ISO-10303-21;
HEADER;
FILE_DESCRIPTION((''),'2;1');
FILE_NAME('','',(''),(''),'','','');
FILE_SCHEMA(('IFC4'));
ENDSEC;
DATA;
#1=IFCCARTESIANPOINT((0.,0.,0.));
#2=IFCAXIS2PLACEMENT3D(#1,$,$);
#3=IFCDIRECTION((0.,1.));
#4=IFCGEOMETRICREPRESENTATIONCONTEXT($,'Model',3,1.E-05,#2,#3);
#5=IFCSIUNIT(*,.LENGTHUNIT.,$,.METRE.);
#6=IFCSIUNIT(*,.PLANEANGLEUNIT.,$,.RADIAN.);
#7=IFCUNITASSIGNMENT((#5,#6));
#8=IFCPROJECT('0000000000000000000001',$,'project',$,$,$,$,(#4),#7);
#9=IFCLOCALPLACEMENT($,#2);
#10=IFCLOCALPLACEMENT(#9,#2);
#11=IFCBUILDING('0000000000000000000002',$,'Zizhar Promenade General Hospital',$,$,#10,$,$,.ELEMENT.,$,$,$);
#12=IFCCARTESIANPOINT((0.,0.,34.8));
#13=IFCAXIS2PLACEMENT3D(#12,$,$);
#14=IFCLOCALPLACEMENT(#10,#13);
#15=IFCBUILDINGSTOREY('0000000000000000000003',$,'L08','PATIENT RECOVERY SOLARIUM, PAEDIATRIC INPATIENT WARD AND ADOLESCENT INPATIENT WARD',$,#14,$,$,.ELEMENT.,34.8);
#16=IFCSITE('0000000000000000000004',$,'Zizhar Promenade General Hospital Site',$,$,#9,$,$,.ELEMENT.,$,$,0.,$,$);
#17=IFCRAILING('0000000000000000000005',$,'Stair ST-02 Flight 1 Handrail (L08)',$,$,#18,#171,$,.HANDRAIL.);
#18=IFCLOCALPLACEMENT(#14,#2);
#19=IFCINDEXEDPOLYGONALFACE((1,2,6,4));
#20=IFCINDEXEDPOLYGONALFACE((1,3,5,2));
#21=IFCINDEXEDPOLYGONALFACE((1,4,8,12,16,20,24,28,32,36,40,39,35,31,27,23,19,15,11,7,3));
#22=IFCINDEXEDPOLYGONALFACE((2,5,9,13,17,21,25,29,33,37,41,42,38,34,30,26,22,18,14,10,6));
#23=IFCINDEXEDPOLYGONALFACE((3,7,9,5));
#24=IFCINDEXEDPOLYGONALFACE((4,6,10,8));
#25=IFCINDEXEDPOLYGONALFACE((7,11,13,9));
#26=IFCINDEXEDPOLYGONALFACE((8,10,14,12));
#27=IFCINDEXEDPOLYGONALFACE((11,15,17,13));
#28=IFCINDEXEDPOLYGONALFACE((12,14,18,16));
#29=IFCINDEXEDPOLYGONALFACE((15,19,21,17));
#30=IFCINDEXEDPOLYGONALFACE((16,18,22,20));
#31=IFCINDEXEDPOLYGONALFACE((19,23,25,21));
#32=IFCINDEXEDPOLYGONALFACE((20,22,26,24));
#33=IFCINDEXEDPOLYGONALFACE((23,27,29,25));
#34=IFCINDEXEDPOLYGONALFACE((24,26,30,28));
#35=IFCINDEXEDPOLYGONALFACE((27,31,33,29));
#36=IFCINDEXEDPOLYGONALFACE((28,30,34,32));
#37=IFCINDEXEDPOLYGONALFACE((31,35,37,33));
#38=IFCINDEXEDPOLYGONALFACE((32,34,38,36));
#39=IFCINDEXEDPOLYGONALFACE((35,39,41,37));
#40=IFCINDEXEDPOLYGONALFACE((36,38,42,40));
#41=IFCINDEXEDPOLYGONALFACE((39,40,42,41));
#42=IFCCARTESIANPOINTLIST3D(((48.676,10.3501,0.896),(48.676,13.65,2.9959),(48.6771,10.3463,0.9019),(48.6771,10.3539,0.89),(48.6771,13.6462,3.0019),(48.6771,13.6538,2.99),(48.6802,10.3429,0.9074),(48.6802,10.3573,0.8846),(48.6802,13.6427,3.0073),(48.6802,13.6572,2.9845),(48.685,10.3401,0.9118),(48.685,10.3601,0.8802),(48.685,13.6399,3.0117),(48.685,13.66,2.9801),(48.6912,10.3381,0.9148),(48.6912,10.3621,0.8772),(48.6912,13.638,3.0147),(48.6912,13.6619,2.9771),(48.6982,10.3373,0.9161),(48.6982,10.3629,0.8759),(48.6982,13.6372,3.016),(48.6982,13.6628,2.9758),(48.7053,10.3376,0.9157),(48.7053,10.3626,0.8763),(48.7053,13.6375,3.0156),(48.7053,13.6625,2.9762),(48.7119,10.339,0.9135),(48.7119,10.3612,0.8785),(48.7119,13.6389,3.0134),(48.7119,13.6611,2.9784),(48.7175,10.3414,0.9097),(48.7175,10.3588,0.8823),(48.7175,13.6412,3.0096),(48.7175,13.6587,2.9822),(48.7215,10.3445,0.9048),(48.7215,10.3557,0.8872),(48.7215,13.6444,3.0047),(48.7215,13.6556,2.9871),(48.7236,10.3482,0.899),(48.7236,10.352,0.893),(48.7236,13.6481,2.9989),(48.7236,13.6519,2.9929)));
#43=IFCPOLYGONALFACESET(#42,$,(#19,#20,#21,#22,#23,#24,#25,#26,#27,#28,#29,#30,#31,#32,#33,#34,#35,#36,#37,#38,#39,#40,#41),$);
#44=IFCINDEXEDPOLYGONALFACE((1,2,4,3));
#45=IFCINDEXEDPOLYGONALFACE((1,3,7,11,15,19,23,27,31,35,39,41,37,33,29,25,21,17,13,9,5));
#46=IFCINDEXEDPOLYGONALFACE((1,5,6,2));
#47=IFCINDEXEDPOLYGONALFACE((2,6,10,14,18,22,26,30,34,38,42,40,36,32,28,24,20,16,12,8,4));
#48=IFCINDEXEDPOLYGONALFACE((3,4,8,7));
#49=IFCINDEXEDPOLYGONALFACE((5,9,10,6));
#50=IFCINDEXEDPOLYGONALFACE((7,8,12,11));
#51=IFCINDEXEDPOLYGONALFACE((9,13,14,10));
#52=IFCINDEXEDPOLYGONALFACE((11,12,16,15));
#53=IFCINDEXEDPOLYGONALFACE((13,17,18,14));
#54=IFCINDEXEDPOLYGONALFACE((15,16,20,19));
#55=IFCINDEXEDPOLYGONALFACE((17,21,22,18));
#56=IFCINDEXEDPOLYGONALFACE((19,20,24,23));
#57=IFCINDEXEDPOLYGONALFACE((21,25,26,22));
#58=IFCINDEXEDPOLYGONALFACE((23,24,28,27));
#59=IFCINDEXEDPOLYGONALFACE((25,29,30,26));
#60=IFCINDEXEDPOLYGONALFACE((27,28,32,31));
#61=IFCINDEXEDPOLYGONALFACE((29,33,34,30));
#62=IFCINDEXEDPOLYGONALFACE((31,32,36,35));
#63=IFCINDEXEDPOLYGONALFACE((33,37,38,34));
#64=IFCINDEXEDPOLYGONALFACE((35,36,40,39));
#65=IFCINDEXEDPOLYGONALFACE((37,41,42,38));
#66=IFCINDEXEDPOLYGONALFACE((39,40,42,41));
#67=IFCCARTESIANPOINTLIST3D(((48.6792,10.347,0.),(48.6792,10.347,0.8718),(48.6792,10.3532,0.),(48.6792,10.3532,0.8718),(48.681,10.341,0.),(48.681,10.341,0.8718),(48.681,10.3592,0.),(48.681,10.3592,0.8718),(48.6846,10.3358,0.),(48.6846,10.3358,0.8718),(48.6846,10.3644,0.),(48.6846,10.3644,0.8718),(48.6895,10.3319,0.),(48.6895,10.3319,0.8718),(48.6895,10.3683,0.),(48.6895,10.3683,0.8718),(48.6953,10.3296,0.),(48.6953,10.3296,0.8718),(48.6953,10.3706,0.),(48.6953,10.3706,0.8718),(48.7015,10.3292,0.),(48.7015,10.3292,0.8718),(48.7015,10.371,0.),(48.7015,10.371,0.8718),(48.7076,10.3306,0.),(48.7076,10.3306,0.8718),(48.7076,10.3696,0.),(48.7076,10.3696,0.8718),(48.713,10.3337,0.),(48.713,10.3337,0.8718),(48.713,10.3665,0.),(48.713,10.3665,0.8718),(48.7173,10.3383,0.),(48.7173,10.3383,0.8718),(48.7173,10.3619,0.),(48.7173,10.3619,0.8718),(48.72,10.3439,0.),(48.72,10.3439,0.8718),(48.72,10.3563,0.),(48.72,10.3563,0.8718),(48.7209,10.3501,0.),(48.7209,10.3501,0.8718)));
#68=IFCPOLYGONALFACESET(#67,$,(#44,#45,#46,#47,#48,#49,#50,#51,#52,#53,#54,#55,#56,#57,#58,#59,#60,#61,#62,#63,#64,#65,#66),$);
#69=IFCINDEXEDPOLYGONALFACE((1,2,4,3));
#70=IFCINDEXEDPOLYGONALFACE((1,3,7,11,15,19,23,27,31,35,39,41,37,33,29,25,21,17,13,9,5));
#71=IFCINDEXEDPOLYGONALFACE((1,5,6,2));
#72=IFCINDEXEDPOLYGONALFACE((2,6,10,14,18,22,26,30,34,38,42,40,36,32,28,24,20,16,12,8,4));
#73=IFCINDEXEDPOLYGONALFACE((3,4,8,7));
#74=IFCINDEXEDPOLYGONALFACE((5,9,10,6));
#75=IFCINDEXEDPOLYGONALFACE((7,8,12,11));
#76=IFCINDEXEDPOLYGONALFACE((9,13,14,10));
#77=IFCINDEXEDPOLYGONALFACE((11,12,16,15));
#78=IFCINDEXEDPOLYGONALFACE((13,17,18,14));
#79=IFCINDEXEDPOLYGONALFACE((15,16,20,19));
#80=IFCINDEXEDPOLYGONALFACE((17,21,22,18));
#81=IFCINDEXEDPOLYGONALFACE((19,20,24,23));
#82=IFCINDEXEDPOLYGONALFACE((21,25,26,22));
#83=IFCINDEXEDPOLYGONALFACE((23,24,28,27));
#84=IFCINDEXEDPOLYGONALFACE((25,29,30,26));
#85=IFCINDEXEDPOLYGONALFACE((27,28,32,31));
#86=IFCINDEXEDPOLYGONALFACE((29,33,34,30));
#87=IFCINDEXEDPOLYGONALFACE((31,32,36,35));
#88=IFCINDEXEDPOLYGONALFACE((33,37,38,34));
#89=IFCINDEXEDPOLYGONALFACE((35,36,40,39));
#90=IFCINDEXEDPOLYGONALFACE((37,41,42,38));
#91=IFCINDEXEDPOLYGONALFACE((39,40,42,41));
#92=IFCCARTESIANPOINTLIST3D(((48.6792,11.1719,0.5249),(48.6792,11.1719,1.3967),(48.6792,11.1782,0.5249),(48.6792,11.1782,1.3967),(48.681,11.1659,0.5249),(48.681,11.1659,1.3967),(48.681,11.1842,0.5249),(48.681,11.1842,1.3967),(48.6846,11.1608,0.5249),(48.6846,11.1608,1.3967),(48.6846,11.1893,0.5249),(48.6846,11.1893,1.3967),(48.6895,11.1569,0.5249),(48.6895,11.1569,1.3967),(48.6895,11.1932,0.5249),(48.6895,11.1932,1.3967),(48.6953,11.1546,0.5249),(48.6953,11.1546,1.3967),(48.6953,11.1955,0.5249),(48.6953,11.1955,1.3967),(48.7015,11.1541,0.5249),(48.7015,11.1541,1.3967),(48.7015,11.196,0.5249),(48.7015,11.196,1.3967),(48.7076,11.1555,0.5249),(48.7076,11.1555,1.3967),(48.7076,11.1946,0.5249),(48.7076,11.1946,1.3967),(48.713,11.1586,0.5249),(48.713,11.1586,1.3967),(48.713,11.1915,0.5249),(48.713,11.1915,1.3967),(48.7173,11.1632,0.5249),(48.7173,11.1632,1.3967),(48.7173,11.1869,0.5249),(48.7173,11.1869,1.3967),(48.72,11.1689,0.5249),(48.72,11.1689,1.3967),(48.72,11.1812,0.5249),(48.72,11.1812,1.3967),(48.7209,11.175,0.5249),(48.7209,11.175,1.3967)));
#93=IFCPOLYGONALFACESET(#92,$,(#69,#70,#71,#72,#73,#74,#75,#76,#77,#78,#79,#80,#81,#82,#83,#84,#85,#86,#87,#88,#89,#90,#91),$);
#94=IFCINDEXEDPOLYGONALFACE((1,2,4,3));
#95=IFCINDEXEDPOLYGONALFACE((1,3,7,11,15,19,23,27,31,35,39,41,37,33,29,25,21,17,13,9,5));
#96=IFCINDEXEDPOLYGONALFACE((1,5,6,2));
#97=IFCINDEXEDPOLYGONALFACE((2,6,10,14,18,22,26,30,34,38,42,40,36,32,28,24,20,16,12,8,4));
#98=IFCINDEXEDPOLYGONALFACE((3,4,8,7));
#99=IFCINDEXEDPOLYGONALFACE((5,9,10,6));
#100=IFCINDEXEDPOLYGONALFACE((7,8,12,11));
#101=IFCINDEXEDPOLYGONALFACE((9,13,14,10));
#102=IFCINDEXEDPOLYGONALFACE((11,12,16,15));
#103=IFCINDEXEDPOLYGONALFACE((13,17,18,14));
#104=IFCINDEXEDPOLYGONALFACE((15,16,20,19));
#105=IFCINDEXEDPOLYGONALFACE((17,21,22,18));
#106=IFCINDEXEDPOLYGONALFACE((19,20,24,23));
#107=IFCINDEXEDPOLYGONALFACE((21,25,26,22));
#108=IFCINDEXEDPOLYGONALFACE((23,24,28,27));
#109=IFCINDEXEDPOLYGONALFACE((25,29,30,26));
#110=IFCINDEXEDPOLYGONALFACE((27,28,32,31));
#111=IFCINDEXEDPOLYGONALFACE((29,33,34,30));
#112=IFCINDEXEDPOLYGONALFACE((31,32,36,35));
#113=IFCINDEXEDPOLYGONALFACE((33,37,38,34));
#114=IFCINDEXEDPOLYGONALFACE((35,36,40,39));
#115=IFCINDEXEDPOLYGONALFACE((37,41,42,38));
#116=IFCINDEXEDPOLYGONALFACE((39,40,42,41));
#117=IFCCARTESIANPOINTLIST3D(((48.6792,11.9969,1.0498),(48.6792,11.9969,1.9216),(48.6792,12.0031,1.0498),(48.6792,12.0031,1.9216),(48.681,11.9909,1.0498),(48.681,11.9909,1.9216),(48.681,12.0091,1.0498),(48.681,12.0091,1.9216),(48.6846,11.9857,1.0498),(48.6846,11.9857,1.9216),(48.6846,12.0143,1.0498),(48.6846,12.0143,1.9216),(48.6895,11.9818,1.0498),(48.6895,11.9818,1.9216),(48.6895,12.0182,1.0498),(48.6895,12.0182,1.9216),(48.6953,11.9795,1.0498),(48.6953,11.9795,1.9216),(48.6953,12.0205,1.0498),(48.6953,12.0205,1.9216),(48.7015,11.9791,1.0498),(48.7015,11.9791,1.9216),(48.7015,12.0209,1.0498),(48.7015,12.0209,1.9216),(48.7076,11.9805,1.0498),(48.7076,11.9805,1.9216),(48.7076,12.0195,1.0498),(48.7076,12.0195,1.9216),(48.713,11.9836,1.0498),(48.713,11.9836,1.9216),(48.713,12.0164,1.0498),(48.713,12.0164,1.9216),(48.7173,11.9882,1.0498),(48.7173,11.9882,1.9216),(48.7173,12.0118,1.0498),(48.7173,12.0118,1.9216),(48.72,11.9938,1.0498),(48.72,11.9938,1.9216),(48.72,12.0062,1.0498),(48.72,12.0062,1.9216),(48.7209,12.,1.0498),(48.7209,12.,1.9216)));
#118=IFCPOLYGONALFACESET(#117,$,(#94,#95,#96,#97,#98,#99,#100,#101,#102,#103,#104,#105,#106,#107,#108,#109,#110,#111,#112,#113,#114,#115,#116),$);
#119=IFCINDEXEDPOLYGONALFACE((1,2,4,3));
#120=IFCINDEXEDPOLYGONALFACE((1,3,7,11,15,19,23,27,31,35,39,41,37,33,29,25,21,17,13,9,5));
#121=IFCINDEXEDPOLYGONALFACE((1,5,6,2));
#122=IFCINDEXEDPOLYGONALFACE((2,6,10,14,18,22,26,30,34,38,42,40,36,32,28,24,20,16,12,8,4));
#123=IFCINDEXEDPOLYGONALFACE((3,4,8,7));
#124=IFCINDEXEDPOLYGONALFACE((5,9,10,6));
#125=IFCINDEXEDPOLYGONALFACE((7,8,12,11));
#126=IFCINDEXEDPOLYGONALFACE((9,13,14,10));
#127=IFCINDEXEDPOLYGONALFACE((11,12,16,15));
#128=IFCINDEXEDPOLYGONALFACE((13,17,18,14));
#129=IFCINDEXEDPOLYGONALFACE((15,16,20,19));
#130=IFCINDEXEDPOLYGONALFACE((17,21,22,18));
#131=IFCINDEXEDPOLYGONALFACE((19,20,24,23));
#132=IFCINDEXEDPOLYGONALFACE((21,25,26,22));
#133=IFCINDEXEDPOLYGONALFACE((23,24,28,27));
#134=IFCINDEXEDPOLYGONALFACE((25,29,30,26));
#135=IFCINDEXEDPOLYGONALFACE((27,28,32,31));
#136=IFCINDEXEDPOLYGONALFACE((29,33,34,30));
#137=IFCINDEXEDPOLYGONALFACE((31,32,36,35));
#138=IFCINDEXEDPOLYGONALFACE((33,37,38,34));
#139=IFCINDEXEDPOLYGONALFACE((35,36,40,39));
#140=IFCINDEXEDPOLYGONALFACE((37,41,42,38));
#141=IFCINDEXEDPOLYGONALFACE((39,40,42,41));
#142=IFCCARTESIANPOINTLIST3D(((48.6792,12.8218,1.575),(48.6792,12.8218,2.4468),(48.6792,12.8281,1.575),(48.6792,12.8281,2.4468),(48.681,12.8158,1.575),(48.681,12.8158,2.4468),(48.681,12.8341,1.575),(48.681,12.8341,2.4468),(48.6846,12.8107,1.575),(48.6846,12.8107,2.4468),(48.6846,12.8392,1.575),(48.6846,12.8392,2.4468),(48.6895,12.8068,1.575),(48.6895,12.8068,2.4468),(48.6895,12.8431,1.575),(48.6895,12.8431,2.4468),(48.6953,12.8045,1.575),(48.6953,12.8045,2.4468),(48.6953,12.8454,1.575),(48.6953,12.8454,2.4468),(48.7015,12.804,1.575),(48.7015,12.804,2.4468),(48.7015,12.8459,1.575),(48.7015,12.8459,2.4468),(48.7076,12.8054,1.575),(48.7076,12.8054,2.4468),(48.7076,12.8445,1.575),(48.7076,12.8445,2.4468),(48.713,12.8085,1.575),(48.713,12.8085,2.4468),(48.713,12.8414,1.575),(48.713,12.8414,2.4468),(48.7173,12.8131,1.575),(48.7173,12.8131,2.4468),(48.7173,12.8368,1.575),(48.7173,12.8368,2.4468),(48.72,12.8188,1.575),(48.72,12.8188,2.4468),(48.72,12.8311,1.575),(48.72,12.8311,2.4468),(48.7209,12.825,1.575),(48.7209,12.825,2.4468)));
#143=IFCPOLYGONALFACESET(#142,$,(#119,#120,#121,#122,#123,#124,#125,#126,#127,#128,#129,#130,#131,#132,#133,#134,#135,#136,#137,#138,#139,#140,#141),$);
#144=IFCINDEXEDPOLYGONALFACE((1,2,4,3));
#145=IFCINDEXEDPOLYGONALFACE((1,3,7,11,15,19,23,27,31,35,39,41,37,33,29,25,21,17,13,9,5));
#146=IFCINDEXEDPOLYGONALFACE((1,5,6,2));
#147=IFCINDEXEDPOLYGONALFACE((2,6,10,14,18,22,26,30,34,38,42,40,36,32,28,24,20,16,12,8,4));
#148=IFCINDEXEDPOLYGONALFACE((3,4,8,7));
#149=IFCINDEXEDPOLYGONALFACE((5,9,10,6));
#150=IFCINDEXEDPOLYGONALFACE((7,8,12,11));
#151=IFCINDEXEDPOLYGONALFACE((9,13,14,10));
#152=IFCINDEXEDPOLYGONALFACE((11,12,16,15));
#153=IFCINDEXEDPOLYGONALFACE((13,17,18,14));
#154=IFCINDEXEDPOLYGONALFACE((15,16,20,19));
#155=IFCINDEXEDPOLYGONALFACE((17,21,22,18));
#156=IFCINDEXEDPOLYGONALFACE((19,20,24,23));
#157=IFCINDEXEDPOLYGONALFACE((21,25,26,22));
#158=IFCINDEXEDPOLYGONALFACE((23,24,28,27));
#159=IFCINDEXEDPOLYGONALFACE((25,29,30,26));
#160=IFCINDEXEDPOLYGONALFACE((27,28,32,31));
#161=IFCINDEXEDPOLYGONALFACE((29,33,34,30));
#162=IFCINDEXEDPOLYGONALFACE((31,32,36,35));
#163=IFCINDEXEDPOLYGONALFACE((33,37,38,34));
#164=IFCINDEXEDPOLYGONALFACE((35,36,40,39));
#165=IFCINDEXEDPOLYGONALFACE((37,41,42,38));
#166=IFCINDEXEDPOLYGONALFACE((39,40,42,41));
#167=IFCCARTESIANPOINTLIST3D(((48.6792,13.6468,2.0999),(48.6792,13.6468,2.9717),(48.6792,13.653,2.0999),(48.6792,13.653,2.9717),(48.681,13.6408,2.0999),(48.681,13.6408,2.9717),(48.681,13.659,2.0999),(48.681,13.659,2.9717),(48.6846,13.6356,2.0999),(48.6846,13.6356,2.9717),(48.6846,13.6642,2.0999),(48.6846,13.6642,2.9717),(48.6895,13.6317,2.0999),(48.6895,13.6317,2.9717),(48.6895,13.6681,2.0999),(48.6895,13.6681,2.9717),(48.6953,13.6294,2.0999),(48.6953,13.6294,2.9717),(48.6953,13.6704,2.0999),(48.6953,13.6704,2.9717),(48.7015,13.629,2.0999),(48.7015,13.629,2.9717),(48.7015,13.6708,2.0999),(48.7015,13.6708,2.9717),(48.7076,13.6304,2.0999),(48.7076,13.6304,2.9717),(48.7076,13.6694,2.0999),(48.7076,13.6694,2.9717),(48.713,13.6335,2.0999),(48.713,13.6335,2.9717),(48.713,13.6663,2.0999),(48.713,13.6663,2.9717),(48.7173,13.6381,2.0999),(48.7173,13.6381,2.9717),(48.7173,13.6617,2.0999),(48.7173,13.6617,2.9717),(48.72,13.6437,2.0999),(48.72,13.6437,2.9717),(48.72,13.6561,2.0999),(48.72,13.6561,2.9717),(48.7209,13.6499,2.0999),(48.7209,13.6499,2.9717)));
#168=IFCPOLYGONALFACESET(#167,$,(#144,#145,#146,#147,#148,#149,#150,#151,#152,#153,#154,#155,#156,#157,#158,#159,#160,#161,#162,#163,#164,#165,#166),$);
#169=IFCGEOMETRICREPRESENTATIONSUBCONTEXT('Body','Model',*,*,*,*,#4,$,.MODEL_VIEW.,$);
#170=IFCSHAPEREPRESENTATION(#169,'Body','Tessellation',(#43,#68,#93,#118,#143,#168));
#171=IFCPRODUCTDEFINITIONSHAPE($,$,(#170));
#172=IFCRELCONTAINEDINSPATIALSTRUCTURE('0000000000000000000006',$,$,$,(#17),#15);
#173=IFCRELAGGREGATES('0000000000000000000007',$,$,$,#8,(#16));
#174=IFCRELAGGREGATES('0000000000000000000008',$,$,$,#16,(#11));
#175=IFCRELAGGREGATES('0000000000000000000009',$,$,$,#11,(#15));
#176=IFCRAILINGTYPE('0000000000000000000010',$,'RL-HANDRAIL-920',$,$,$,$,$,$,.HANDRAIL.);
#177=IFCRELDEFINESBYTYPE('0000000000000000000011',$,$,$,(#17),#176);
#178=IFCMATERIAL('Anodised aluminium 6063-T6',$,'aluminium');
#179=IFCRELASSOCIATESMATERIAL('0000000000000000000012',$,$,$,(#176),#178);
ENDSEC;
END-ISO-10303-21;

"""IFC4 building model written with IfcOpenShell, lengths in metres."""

from ifc_helpers import new_model, si_unit, direction, frame, origin, origin_2d, place, context, subcontext, project, spatial, circle, hollow_circle, extrude, material, material_profile, profile_set, type_object, element, save


model = new_model("IFC4")

# Units and contexts
model_context = context("Model", 3, precision=1e-05, world=origin(), true_north=direction((0.0, 1.0)))
body_context = subcontext(model_context, "Body", "Model", "MODEL_VIEW")
ifc_project = project(units=[si_unit("LENGTHUNIT", "METRE"), si_unit("PLANEANGLEUNIT", "RADIAN")], contexts=[model_context])

# Site, building, storey
site_placement = place(None, origin())
site = spatial("IfcSite", under=ifc_project, at=site_placement, Name="Zizhar Promenade General Hospital Site", CompositionType="ELEMENT", RefElevation=0.0)
building_placement = place(site_placement, origin())
building = spatial("IfcBuilding", under=site, at=building_placement, Name="Zizhar Promenade General Hospital", CompositionType="ELEMENT")
storey_placement = place(building_placement, frame((0.0, 0.0, 34.8)))
storey = spatial("IfcBuildingStorey", under=building, at=storey_placement, Name="L08", Description="PATIENT RECOVERY SOLARIUM, PAEDIATRIC INPATIENT WARD AND ADOLESCENT INPATIENT WARD", CompositionType="ELEMENT", Elevation=34.8)

# Railing
ifc_material_1 = material(Name="Anodised aluminium 6063-T6", Category="aluminium")
ifc_material_profile_1 = material_profile(ifc_material_1, hollow_circle(Radius=0.0698, WallThickness=0.0063, at=origin_2d()))
ifc_profile_set_1 = profile_set([ifc_material_profile_1], Name="Anodised aluminium 6063-T6")
railing_type_1 = type_object("IfcRailingType", Name="RL-HANDRAIL-920", PredefinedType="HANDRAIL", material=ifc_profile_set_1)
railing_1_placement = place(storey_placement, frame((48.7, 10.3501, 0.0)))
element("IfcRailing", 1, at=railing_1_placement, inside=storey, type_object=railing_type_1, Name="Stair ST-02 Flight 1 Handrail (L08)", PredefinedType="HANDRAIL", context=body_context, shape_type="SweptSolid", body=[
    extrude(circle(Radius=0.0239, at=origin_2d()), frame((0.0, 0.0, 0.896), z_axis=(0.0, 0.843664, 0.536871), x_axis=(-1.0, 0.0, 0.0)), (0.0, 0.0, 1.0), 3.9114),
    extrude(circle(Radius=0.021, at=origin_2d()), origin(), (0.0, 0.0, 1.0), 0.8718),
    extrude(circle(Radius=0.021, at=origin_2d()), frame((0.0, 0.825, 0.5249)), (0.0, 0.0, 1.0), 0.8718),
    extrude(circle(Radius=0.021, at=origin_2d()), frame((0.0, 1.6499, 1.0498)), (0.0, 0.0, 1.0), 0.8718),
    extrude(circle(Radius=0.021, at=origin_2d()), frame((0.0, 2.4749, 1.575)), (0.0, 0.0, 1.0), 0.8718),
    extrude(circle(Radius=0.021, at=origin_2d()), frame((0.0, 3.2998, 2.0999)), (0.0, 0.0, 1.0), 0.8718),
])

save(model, "model.ifc")
